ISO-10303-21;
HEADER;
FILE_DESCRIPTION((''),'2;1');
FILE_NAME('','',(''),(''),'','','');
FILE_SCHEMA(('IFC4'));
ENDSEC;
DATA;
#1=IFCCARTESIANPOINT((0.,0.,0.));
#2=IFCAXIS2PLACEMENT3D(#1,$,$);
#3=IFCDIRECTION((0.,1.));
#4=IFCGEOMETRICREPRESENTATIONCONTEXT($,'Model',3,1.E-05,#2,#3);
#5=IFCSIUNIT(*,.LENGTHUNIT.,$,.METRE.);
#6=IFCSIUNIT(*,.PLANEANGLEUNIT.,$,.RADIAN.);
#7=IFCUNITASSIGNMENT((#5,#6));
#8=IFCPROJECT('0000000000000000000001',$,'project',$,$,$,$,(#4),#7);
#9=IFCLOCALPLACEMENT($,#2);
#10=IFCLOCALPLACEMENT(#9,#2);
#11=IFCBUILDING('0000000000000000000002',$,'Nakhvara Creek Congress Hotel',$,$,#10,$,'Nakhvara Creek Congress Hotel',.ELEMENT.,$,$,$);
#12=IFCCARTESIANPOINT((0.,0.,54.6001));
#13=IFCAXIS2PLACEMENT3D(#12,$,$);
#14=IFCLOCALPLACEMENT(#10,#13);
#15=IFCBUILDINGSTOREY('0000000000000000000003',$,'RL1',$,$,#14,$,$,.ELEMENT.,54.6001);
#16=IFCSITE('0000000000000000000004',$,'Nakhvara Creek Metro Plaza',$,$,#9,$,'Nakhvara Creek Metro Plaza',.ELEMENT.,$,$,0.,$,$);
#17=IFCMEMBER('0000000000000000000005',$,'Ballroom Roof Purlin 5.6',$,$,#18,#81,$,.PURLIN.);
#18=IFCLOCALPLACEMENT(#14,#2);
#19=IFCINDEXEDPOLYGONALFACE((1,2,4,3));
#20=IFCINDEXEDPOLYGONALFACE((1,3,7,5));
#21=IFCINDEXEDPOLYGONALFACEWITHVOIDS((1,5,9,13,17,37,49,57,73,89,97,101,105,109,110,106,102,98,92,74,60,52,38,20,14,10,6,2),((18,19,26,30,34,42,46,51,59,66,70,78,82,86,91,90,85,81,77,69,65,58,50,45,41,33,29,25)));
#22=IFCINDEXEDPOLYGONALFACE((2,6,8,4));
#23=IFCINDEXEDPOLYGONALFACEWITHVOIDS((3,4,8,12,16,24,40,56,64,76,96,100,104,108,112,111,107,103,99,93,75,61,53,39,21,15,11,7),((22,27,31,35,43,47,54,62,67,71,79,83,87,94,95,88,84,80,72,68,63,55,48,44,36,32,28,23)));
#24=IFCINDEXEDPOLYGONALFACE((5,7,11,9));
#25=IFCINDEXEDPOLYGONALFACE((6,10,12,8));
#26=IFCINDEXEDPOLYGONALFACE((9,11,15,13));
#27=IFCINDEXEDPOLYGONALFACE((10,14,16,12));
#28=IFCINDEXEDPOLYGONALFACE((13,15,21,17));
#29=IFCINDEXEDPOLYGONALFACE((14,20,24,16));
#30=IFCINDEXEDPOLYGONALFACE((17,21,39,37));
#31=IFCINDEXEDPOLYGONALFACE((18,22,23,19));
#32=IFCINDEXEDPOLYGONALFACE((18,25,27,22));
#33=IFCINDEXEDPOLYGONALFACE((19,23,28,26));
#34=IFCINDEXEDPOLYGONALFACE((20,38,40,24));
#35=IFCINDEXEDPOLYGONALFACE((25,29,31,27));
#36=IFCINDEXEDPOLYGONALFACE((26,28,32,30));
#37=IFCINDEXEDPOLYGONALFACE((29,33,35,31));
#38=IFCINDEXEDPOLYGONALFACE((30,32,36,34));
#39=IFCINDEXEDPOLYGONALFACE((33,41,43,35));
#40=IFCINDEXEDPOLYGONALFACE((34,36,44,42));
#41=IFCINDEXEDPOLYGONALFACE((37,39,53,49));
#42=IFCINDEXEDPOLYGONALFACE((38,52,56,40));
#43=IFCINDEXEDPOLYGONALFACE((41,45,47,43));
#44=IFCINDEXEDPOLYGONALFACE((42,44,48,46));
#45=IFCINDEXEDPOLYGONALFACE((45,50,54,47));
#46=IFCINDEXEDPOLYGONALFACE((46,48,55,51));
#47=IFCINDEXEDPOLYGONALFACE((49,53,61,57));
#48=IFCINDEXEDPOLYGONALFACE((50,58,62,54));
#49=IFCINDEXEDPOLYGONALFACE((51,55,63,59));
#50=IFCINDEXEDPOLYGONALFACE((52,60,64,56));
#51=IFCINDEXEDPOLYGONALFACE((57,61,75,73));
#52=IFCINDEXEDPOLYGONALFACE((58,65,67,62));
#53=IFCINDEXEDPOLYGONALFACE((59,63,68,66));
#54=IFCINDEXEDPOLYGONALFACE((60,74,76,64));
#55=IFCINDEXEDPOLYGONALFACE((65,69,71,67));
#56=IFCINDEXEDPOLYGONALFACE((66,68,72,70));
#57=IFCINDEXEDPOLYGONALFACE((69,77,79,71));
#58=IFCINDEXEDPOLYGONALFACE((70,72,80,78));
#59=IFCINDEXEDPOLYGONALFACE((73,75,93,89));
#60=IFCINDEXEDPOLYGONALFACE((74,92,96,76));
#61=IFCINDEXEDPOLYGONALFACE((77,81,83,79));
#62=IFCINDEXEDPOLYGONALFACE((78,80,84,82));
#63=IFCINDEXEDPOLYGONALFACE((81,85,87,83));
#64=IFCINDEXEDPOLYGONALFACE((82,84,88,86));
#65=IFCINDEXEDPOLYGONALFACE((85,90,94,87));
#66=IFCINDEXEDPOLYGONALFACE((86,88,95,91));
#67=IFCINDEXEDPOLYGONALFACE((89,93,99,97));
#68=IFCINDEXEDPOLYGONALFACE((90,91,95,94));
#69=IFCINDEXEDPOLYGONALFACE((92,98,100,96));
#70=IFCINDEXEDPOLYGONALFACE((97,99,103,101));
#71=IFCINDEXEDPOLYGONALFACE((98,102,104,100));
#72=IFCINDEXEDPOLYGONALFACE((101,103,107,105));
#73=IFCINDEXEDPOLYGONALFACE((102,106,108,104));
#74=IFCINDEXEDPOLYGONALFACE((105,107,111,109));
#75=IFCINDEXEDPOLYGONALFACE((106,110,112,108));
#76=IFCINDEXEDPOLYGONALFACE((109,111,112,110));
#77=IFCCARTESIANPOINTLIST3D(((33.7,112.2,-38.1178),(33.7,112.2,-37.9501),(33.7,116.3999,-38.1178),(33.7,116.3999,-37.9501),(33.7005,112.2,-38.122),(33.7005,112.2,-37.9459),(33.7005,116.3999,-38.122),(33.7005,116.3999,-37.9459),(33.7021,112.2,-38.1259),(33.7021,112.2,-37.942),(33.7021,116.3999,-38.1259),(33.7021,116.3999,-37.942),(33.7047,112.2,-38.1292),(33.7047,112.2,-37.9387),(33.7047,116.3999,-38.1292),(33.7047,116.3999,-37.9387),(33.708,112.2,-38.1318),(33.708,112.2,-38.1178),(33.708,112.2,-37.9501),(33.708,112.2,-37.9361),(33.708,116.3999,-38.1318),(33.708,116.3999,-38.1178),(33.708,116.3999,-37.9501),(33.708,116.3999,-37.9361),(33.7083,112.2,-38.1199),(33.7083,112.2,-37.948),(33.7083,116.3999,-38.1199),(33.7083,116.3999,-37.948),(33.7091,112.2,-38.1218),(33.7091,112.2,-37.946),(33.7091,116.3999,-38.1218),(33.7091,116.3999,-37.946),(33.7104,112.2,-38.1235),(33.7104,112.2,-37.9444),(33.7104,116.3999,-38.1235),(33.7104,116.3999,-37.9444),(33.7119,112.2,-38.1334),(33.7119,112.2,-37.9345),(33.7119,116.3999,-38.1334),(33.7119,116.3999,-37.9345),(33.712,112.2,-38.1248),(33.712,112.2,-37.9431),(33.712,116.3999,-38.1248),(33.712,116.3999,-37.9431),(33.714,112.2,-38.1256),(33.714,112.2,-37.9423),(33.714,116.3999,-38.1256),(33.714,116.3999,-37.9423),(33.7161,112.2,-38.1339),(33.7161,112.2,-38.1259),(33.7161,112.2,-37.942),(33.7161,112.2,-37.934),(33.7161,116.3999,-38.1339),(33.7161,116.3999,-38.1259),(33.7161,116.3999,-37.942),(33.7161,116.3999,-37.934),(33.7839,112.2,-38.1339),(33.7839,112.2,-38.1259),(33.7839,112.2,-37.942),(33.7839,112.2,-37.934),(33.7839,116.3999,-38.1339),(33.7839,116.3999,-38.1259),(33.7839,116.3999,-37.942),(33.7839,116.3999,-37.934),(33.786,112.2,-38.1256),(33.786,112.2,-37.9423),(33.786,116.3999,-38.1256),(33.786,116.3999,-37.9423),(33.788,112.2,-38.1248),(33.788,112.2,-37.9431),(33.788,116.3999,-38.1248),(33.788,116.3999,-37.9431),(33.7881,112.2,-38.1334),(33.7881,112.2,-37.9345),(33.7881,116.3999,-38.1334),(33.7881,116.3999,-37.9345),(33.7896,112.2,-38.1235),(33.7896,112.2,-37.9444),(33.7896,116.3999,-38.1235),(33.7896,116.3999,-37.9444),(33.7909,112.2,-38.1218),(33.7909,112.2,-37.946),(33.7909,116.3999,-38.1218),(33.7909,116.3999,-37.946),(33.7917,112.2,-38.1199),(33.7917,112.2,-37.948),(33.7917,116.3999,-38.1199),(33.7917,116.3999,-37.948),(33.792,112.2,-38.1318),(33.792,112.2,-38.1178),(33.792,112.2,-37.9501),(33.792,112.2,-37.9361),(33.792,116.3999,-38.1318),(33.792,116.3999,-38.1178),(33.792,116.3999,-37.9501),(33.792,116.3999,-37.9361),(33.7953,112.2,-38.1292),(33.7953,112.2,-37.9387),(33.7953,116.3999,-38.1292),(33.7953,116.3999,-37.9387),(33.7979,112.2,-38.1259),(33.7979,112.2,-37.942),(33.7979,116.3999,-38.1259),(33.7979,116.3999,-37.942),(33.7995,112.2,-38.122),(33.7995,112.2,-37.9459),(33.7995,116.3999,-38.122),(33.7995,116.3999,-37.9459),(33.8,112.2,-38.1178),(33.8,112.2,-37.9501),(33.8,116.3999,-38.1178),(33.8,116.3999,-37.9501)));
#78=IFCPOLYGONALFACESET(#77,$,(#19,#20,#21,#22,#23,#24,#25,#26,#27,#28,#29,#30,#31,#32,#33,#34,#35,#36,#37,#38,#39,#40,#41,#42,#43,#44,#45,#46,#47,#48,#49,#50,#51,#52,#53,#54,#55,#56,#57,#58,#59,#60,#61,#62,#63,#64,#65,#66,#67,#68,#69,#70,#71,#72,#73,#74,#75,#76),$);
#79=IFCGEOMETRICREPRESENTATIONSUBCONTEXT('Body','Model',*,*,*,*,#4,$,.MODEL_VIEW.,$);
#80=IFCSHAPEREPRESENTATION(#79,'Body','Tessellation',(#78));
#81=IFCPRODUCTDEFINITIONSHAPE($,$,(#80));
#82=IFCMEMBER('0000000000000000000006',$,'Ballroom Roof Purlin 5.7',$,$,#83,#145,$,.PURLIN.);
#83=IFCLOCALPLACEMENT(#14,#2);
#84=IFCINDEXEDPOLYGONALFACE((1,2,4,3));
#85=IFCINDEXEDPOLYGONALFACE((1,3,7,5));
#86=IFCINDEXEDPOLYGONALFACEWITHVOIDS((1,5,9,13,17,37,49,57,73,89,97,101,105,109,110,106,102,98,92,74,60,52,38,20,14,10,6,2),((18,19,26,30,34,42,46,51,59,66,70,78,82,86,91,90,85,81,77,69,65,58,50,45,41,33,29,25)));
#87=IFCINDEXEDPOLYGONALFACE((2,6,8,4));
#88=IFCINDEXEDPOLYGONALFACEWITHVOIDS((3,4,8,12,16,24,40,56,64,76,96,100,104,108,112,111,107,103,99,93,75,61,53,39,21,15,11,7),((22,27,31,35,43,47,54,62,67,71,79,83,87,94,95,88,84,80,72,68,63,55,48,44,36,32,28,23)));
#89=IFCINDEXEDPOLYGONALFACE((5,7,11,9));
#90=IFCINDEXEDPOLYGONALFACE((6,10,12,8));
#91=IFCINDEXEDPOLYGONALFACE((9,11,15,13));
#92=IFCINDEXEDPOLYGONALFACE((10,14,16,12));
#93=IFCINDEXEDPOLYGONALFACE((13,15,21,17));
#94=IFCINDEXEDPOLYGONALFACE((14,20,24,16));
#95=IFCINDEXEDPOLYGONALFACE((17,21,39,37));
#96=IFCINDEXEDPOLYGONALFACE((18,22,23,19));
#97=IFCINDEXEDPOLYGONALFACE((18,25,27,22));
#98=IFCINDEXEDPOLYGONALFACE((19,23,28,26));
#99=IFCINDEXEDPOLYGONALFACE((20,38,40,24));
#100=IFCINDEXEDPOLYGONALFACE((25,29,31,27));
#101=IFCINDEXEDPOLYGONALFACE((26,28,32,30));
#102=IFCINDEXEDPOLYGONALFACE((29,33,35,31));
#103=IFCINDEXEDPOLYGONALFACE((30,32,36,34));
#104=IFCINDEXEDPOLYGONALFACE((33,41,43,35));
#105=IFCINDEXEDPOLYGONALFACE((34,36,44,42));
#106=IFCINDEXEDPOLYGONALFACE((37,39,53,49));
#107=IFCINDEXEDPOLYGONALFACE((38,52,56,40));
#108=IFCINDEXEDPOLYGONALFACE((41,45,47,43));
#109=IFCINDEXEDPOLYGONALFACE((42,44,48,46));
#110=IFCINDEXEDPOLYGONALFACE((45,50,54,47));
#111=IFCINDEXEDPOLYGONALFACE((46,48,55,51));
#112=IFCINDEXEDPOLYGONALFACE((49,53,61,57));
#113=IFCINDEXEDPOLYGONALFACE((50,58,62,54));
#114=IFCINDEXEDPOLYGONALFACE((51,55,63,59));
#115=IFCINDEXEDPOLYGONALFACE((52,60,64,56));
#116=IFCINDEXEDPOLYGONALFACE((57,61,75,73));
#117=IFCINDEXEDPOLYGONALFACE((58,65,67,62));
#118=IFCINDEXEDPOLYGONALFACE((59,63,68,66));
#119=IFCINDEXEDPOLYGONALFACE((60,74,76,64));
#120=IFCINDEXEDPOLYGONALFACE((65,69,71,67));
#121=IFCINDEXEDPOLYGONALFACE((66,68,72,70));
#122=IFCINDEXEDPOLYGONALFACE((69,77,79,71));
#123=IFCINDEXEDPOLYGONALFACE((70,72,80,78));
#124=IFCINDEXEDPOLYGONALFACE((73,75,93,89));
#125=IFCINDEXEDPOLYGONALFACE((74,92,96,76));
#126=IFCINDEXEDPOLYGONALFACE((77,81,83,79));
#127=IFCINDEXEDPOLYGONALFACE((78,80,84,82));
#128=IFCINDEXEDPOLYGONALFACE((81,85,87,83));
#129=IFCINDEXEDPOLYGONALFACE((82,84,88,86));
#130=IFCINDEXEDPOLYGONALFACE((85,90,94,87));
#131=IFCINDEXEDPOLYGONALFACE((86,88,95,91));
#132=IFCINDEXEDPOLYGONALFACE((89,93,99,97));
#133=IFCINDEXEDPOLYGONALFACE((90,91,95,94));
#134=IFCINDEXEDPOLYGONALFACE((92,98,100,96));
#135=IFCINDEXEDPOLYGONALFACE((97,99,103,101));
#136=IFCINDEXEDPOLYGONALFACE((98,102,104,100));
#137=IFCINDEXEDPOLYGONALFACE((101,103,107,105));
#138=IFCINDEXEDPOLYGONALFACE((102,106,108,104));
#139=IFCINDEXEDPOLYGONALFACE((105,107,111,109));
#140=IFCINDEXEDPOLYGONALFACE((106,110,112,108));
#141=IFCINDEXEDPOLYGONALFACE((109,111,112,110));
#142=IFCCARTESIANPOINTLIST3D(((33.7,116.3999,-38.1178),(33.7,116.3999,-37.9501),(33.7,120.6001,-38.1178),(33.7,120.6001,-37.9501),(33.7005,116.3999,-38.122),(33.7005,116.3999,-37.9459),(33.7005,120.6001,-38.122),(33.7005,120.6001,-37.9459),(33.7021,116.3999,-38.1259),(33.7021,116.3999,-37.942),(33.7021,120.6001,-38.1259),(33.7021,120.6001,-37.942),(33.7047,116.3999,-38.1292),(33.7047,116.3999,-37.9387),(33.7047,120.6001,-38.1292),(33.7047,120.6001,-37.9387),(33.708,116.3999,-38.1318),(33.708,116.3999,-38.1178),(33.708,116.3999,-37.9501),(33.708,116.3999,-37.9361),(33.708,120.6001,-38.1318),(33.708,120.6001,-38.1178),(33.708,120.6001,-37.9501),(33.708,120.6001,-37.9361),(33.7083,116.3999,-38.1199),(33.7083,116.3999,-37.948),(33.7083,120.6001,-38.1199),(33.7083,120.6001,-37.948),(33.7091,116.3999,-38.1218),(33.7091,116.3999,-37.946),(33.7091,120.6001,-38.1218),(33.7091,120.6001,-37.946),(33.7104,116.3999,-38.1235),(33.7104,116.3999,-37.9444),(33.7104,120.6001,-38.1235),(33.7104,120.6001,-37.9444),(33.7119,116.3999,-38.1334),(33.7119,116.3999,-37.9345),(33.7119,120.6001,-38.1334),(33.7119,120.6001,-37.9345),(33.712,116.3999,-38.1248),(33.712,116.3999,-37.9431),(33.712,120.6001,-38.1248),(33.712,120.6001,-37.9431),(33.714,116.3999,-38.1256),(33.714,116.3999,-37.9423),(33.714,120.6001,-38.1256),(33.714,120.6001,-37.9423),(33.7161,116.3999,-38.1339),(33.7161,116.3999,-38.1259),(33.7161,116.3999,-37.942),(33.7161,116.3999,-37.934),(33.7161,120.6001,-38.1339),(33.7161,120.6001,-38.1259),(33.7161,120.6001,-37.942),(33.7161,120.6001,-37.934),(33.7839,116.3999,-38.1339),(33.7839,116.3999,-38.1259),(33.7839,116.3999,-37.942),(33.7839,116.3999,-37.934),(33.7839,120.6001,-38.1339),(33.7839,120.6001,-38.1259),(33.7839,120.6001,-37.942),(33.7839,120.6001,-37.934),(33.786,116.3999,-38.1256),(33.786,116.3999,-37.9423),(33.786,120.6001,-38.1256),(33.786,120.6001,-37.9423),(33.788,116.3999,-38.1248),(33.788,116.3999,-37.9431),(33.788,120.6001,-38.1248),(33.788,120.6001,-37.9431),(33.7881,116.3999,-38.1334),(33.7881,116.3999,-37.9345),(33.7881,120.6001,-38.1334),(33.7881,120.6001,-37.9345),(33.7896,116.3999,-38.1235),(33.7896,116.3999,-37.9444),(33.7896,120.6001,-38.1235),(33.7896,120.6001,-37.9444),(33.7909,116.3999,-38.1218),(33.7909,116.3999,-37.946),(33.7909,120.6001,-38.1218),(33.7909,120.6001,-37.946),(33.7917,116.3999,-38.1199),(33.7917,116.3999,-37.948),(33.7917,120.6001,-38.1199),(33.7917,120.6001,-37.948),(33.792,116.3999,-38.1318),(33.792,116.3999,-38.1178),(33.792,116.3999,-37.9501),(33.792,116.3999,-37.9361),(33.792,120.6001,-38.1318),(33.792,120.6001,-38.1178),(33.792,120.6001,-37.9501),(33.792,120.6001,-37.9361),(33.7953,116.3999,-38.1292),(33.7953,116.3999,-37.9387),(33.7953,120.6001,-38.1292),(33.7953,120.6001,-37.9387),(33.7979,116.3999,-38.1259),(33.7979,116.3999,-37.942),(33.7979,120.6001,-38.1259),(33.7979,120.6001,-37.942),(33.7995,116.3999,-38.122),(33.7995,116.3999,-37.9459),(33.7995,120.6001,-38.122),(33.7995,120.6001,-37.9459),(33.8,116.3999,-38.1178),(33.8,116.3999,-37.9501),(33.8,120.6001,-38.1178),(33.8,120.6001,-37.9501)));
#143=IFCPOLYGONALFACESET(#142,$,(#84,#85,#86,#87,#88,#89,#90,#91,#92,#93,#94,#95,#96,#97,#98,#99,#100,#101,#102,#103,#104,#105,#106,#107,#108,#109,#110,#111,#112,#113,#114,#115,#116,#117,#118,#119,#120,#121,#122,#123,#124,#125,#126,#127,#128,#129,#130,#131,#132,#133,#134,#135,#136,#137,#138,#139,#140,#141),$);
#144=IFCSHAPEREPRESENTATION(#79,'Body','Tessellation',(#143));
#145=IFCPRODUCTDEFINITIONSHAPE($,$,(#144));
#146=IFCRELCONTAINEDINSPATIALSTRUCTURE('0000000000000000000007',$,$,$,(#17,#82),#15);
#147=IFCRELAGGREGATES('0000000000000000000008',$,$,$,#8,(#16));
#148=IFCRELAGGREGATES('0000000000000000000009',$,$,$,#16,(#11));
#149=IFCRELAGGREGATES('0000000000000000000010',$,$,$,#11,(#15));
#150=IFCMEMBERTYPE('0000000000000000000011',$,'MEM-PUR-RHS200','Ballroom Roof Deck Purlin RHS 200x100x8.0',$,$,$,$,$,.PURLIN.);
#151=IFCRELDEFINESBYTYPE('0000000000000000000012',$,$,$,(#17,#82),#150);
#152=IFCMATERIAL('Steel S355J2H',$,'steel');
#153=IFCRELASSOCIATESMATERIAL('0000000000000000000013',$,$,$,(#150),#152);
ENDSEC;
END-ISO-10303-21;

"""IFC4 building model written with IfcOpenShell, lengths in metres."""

from ifc_helpers import new_model, si_unit, direction, frame, origin, origin_2d, place, context, subcontext, project, spatial, hollow_rectangle, extrude, material, material_profile, profile_set, type_object, element, save


model = new_model("IFC4")

# Units and contexts
model_context = context("Model", 3, precision=1e-05, world=origin(), true_north=direction((0.0, 1.0)))
body_context = subcontext(model_context, "Body", "Model", "MODEL_VIEW")
ifc_project = project(units=[si_unit("LENGTHUNIT", "METRE"), si_unit("PLANEANGLEUNIT", "RADIAN")], contexts=[model_context])

# Site, building, storey
site_placement = place(None, origin())
site = spatial("IfcSite", under=ifc_project, at=site_placement, Name="Nakhvara Creek Metro Plaza", LongName="Nakhvara Creek Metro Plaza", CompositionType="ELEMENT", RefElevation=0.0)
building_placement = place(site_placement, origin())
building = spatial("IfcBuilding", under=site, at=building_placement, Name="Nakhvara Creek Congress Hotel", LongName="Nakhvara Creek Congress Hotel", CompositionType="ELEMENT")
storey_placement = place(building_placement, frame((0.0, 0.0, 54.6001)))
storey = spatial("IfcBuildingStorey", under=building, at=storey_placement, Name="RL1", CompositionType="ELEMENT", Elevation=54.6001)

# Members
ifc_material_1 = material(Name="Steel S355J2H", Category="steel")
ifc_material_profile_1 = material_profile(ifc_material_1, hollow_rectangle(XDim=0.1001, YDim=0.2, WallThickness=0.0081, InnerFilletRadius=0.0081, OuterFilletRadius=0.0161, at=origin_2d()), Name="RHS 200x100x8.0", Category="LoadBearing")
ifc_profile_set_1 = profile_set([ifc_material_profile_1], Name="Steel S355J2H")
member_type_1 = type_object("IfcMemberType", Name="MEM-PUR-RHS200", Description="Ballroom Roof Deck Purlin RHS 200x100x8.0", PredefinedType="PURLIN", material=ifc_profile_set_1)
for number, where, z_axis, x_axis, name in (
    (1, (33.75, 112.2, -38.0339), (0.0, 1.0, 0.0), (-1.0, 0.0, 0.0), "Ballroom Roof Purlin 5.6"),
):
    element("IfcMember", number, at=place(storey_placement, frame(where, z_axis=z_axis, x_axis=x_axis)), inside=storey, type_object=member_type_1, Name=name, PredefinedType="PURLIN", context=body_context, shape_type="SweptSolid", body=[
        extrude(hollow_rectangle(XDim=0.1001, YDim=0.2, WallThickness=0.0081, InnerFilletRadius=0.0081, OuterFilletRadius=0.0161, at=origin_2d()), origin(), (0.0, 0.0, 1.0), 4.2),
    ])
member_1_placement = place(storey_placement, frame((33.75, 116.3999, -38.0339), z_axis=(0.0, 1.0, 0.0), x_axis=(-1.0, 0.0, 0.0)))
element("IfcMember", 2, at=member_1_placement, inside=storey, type_object=member_type_1, Name="Ballroom Roof Purlin 5.7", PredefinedType="PURLIN", context=body_context, shape_type="SweptSolid", body=[
    extrude(hollow_rectangle(XDim=0.1001, YDim=0.2, WallThickness=0.0081, InnerFilletRadius=0.0081, OuterFilletRadius=0.0161, at=origin_2d()), origin(), (0.0, 0.0, 1.0), 4.2002),
])

save(model, "model.ifc")
